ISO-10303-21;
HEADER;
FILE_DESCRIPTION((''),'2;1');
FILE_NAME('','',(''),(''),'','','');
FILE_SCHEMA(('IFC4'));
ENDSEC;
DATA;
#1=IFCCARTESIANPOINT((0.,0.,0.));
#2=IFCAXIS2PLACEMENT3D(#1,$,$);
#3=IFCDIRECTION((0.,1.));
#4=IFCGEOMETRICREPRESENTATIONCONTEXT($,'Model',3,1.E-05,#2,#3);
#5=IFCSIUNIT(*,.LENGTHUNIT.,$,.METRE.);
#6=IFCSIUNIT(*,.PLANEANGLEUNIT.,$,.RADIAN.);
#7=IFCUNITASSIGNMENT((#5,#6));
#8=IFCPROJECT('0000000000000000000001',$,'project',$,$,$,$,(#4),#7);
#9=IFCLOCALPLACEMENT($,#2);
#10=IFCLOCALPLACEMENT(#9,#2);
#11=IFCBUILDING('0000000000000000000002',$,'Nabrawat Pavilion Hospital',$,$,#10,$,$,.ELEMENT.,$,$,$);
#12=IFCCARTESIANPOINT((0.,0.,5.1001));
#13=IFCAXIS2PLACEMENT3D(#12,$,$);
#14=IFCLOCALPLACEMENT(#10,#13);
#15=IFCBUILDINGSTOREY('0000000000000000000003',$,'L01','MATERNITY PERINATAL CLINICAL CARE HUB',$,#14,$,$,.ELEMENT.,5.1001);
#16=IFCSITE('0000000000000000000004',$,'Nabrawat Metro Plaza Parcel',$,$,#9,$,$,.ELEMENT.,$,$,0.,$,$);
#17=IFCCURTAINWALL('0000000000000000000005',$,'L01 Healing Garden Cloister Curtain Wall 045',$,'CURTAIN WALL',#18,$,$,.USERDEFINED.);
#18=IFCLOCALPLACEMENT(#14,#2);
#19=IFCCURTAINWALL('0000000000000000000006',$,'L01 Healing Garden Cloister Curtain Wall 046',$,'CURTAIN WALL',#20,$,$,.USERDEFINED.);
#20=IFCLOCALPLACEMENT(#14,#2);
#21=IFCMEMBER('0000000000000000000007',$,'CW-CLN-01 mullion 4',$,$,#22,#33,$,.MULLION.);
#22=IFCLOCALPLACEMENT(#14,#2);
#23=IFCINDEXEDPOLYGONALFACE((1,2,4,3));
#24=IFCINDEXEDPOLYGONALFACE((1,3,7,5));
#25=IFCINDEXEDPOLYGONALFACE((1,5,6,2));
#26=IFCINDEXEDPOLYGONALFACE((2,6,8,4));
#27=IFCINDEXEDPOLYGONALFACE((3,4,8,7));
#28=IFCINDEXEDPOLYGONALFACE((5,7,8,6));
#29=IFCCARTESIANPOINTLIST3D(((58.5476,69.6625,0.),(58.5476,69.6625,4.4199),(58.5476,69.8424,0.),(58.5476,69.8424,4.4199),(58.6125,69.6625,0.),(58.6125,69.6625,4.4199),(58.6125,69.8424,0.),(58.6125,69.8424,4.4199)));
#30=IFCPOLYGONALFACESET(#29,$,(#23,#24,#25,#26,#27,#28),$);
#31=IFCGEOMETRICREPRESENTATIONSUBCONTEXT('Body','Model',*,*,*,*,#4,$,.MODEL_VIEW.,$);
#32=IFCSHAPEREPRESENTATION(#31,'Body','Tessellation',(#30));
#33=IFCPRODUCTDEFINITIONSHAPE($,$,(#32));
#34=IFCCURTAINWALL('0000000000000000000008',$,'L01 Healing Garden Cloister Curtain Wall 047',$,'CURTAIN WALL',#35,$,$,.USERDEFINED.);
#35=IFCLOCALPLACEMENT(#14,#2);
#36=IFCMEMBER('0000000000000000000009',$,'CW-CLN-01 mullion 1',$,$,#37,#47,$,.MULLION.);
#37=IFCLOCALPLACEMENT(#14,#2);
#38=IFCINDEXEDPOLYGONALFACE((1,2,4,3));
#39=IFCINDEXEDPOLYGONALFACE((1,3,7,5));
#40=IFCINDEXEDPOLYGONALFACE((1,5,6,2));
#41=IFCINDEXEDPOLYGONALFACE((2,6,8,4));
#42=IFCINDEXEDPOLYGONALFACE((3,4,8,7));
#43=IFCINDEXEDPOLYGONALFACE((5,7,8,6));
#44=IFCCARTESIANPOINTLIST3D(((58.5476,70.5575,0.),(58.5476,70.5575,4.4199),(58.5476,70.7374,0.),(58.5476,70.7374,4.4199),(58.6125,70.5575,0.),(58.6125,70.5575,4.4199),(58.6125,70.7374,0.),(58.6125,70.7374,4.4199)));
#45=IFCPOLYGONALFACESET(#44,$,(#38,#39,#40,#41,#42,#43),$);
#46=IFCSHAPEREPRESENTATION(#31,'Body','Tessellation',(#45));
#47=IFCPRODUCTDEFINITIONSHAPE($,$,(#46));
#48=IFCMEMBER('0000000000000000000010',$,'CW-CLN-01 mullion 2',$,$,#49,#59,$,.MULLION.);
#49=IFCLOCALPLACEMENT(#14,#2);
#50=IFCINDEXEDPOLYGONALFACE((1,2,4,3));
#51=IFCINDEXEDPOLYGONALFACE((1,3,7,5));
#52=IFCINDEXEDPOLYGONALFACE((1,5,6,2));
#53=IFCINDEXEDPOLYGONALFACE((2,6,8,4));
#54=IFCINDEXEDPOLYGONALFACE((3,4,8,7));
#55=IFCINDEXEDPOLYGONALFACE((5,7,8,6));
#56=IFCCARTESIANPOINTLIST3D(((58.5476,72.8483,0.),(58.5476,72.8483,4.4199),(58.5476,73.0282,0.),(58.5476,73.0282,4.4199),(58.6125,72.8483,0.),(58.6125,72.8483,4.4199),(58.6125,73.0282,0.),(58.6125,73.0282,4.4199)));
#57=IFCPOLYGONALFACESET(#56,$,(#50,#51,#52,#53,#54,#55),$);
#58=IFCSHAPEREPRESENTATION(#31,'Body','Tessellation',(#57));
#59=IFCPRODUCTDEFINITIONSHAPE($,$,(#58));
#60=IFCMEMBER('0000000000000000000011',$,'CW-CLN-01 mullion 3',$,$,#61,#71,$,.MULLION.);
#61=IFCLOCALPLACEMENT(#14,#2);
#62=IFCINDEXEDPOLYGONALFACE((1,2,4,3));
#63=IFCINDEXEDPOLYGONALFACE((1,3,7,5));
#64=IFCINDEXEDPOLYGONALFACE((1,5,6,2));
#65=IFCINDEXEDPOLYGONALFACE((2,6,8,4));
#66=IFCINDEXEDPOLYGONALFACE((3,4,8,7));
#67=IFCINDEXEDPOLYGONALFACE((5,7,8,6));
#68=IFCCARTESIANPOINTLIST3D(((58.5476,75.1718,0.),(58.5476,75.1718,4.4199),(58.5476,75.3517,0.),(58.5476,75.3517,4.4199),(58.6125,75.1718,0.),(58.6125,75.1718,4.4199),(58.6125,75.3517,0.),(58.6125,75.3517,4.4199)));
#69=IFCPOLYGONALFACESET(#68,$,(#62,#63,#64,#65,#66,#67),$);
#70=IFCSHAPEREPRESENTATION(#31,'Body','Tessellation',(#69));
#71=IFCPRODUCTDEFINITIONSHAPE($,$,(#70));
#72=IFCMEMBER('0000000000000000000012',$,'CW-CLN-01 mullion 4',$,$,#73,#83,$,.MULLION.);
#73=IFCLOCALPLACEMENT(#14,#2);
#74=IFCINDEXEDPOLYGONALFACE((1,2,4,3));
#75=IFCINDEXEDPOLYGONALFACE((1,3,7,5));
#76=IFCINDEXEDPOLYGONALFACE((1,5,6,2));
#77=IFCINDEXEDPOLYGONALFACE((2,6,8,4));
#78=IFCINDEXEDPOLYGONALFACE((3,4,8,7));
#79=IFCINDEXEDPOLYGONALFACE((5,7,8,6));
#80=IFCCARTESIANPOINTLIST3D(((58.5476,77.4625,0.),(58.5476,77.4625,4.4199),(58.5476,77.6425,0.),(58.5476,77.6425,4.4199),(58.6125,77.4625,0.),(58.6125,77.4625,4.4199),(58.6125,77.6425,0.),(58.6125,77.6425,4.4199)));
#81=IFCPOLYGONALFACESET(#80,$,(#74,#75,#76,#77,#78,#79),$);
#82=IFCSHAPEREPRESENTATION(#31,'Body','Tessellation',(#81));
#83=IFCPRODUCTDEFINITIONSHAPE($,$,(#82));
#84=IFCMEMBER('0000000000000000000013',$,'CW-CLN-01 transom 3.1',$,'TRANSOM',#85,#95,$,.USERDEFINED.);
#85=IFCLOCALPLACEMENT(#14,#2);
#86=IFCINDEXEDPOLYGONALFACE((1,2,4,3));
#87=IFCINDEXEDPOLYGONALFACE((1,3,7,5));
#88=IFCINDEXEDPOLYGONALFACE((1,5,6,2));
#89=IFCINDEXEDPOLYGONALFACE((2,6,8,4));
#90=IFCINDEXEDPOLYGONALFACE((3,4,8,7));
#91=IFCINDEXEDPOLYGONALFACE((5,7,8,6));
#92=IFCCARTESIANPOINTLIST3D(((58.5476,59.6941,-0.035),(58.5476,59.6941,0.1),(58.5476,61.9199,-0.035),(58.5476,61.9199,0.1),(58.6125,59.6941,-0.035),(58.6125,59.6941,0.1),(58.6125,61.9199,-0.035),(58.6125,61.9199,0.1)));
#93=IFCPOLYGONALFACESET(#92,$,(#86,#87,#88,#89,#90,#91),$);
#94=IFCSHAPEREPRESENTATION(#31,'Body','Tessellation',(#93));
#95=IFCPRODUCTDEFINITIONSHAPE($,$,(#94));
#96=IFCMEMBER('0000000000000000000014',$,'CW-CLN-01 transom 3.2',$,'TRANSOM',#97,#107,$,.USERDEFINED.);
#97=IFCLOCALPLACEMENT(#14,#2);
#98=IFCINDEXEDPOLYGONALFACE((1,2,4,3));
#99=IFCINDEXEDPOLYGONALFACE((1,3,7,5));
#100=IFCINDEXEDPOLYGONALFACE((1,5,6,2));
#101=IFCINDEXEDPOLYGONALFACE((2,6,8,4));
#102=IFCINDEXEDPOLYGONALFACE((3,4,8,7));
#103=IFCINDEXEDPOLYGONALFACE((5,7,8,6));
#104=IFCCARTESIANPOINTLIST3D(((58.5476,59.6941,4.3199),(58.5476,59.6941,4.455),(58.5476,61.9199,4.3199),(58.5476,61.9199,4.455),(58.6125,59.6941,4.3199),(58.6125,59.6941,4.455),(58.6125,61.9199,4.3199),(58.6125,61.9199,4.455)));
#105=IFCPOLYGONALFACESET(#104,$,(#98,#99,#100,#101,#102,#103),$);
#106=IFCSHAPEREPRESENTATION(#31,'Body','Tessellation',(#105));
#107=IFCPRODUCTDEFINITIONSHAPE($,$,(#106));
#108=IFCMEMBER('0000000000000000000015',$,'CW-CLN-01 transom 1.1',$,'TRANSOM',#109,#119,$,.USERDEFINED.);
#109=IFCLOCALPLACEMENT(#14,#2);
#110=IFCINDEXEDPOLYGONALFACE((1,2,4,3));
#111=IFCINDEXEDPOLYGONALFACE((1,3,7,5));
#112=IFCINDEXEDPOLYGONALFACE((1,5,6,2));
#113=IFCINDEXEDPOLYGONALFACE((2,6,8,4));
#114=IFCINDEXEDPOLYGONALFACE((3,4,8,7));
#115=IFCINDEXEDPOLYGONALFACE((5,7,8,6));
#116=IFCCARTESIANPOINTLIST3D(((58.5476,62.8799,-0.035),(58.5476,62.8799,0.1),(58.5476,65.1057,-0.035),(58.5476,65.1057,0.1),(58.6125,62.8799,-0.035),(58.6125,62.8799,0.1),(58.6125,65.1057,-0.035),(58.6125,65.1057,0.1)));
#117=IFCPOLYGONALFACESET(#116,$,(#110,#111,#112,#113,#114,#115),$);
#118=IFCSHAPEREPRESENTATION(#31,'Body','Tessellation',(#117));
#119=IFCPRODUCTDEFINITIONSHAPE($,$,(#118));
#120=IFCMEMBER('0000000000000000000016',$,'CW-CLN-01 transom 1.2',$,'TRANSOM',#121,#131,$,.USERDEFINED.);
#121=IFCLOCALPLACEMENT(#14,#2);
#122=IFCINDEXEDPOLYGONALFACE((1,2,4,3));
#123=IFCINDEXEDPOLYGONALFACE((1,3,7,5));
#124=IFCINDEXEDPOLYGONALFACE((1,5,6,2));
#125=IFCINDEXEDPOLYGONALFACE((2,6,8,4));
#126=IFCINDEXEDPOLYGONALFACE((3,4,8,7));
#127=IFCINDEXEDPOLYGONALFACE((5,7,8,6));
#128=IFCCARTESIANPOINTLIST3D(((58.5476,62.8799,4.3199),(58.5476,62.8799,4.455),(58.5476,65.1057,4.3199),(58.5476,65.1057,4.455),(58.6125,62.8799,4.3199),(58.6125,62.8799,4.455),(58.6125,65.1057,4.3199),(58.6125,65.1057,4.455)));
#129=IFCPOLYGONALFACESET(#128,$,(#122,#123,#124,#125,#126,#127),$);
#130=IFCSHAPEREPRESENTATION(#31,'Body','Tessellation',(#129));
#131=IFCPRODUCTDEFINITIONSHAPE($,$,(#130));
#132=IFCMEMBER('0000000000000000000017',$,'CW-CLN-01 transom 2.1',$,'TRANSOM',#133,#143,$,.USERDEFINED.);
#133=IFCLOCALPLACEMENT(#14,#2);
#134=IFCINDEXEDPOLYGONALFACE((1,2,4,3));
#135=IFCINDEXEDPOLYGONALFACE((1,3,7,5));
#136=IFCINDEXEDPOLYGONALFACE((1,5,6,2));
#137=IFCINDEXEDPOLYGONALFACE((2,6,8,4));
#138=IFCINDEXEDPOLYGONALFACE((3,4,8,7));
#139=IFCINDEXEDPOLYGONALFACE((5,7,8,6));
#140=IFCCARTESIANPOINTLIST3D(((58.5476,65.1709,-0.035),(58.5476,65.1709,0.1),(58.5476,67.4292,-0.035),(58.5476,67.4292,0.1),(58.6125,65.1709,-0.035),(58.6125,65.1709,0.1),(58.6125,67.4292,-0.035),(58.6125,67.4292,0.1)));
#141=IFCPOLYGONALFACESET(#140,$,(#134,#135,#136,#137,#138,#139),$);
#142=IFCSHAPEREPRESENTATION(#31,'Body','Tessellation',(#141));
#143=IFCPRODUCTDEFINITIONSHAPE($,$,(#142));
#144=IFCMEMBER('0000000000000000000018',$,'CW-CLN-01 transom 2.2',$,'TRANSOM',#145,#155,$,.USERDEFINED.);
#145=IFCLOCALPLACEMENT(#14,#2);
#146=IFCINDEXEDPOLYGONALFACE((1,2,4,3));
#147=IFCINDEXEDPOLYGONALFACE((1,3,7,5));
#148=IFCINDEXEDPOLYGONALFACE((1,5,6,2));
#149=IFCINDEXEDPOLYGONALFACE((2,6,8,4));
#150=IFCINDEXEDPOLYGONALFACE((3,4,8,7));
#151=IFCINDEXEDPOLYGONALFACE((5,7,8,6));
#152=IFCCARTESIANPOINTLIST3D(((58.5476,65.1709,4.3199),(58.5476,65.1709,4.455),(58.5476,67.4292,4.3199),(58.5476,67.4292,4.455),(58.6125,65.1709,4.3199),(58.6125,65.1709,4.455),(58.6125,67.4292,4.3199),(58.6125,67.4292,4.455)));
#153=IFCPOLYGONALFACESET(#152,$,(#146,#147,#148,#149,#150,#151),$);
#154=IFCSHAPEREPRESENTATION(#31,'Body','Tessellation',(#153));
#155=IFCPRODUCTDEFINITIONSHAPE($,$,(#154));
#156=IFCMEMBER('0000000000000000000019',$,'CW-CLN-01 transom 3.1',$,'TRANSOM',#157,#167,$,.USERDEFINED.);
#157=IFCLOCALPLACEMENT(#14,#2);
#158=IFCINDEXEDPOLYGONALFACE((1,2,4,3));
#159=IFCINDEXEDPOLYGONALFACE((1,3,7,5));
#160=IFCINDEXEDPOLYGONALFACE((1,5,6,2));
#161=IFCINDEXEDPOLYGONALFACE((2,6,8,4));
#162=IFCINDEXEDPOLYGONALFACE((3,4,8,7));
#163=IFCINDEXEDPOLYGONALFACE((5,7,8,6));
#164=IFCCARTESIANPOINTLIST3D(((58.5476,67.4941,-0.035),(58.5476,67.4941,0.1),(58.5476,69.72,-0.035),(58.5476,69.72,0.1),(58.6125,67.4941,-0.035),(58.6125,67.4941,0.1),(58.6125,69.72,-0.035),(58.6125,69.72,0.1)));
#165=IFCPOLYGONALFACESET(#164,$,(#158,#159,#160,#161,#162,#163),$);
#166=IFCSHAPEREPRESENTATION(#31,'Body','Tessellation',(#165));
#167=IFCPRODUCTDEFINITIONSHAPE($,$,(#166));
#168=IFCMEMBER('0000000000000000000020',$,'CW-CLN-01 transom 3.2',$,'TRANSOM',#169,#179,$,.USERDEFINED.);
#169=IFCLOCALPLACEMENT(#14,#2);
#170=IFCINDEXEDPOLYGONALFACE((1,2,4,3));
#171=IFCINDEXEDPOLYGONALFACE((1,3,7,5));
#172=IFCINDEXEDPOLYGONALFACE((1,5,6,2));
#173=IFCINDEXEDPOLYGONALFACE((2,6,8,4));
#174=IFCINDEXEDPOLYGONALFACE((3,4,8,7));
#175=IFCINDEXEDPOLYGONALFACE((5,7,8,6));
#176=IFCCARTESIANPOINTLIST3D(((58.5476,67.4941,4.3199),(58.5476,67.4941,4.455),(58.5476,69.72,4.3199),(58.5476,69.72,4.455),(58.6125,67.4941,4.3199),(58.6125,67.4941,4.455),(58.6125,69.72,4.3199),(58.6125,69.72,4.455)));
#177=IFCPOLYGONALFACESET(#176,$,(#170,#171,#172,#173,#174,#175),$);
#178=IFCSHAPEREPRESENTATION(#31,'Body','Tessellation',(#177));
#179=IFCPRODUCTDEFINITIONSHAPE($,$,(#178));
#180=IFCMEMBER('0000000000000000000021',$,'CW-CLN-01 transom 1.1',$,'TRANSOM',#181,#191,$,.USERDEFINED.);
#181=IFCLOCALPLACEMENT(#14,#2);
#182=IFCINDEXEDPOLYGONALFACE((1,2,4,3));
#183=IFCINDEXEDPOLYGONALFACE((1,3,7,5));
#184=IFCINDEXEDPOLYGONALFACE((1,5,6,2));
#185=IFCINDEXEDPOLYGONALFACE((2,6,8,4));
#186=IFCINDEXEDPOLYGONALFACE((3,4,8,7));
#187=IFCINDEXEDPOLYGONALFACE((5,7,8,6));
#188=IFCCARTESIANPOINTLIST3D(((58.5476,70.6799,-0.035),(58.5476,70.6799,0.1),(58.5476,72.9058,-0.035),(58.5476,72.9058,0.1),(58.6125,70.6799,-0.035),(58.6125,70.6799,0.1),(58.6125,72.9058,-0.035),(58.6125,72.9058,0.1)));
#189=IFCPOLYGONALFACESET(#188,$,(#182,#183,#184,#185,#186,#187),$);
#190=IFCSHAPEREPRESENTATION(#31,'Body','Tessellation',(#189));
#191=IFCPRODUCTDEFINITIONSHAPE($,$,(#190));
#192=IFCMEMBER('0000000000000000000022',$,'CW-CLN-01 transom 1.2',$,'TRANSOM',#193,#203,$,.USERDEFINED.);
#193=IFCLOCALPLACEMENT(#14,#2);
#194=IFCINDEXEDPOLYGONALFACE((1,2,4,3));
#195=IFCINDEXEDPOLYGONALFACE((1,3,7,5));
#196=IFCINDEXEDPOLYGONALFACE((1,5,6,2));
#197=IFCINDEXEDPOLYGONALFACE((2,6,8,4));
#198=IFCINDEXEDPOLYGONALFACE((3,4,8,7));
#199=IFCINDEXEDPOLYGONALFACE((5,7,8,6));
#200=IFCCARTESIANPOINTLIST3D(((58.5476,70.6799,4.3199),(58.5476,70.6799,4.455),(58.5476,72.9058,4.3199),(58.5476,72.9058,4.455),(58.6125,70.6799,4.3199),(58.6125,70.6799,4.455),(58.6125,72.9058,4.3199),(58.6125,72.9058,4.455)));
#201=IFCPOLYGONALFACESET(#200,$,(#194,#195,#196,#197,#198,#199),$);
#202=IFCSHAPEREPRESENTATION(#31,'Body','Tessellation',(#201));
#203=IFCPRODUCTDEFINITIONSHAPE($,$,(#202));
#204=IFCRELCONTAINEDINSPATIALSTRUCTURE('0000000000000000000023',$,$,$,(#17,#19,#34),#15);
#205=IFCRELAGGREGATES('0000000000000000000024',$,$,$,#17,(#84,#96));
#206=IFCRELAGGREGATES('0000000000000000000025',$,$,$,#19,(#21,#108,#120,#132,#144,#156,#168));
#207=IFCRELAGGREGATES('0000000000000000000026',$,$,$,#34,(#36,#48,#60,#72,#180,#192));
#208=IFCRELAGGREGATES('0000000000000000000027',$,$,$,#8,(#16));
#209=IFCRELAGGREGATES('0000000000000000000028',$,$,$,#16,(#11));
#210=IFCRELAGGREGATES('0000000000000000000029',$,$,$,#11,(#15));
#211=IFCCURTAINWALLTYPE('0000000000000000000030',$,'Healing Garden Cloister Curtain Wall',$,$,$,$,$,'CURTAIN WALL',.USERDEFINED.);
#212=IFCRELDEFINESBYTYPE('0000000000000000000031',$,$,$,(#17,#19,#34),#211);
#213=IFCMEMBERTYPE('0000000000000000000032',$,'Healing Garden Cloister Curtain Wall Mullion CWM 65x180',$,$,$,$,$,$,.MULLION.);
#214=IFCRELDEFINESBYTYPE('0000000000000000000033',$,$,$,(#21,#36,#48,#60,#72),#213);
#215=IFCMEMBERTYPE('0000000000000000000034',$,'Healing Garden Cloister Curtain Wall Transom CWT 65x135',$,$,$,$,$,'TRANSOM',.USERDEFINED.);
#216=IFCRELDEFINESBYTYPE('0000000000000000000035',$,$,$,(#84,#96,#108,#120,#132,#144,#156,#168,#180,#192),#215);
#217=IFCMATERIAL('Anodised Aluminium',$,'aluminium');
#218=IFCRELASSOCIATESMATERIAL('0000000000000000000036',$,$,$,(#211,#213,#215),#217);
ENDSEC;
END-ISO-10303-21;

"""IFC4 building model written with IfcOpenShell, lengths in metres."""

from ifc_helpers import new_model, si_unit, direction, frame, origin, origin_2d, place, context, subcontext, project, spatial, rectangle, extrude, material, material_profile, profile_set, type_object, element, aggregate, save


model = new_model("IFC4")

# Units and contexts
model_context = context("Model", 3, precision=1e-05, world=origin(), true_north=direction((0.0, 1.0)))
body_context = subcontext(model_context, "Body", "Model", "MODEL_VIEW")
ifc_project = project(units=[si_unit("LENGTHUNIT", "METRE"), si_unit("PLANEANGLEUNIT", "RADIAN")], contexts=[model_context])

# Site, building, storey
site_placement = place(None, origin())
site = spatial("IfcSite", under=ifc_project, at=site_placement, Name="Nabrawat Metro Plaza Parcel", CompositionType="ELEMENT", RefElevation=0.0)
building_placement = place(site_placement, origin())
building = spatial("IfcBuilding", under=site, at=building_placement, Name="Nabrawat Pavilion Hospital", CompositionType="ELEMENT")
storey_placement = place(building_placement, frame((0.0, 0.0, 5.1001)))
storey = spatial("IfcBuildingStorey", under=building, at=storey_placement, Name="L01", Description="MATERNITY PERINATAL CLINICAL CARE HUB", CompositionType="ELEMENT", Elevation=5.1001)

# Curtain wall
ifc_material_1 = material(Name="Anodised Aluminium", Category="aluminium")
curtain_wall_type = type_object("IfcCurtainWallType", Name="Healing Garden Cloister Curtain Wall", ElementType="CURTAIN WALL", PredefinedType="USERDEFINED", material=ifc_material_1)
curtain_wall_1_placement = place(storey_placement, origin())
curtain_wall_1 = element("IfcCurtainWall", 1, at=curtain_wall_1_placement, inside=storey, type_object=curtain_wall_type, Name="L01 Healing Garden Cloister Curtain Wall 045", ObjectType="CURTAIN WALL", PredefinedType="USERDEFINED")
ifc_material_profile_1 = material_profile(ifc_material_1, rectangle(XDim=0.0649, YDim=0.1799, at=origin_2d()), Name="CWM 65x180")
ifc_profile_set_1 = profile_set([ifc_material_profile_1], Name="Anodised Aluminium")
member_type_1 = type_object("IfcMemberType", Name="Healing Garden Cloister Curtain Wall Mullion CWM 65x180", PredefinedType="MULLION", material=ifc_profile_set_1)

# Curtain walls, members
curtain_wall_2_placement = place(storey_placement, origin())
curtain_wall_2 = element("IfcCurtainWall", 2, at=curtain_wall_2_placement, inside=storey, type_object=curtain_wall_type, Name="L01 Healing Garden Cloister Curtain Wall 046", ObjectType="CURTAIN WALL", PredefinedType="USERDEFINED")
member_1_placement = place(storey_placement, frame((58.5801, 69.7524, 0.0), z_axis=(0.0, 0.0, 1.0), x_axis=(-1.0, 0.0, 0.0)))
member_1 = element("IfcMember", 3, at=member_1_placement, type_object=member_type_1, Name="CW-CLN-01 mullion 4", PredefinedType="MULLION", context=body_context, shape_type="SweptSolid", body=[
    extrude(rectangle(XDim=0.0649, YDim=0.1799, at=origin_2d()), origin(), (0.0, 0.0, 1.0), 4.4199),
])
curtain_wall_3_placement = place(storey_placement, origin())
curtain_wall_3 = element("IfcCurtainWall", 4, at=curtain_wall_3_placement, inside=storey, type_object=curtain_wall_type, Name="L01 Healing Garden Cloister Curtain Wall 047", ObjectType="CURTAIN WALL", PredefinedType="USERDEFINED")
member_2_placement = place(storey_placement, frame((58.5801, 70.6475, 0.0), z_axis=(0.0, 0.0, 1.0), x_axis=(-1.0, 0.0, 0.0)))
member_2 = element("IfcMember", 5, at=member_2_placement, type_object=member_type_1, Name="CW-CLN-01 mullion 1", PredefinedType="MULLION", context=body_context, shape_type="SweptSolid", body=[
    extrude(rectangle(XDim=0.0649, YDim=0.1799, at=origin_2d()), origin(), (0.0, 0.0, 1.0), 4.4199),
])
member_3_placement = place(storey_placement, frame((58.5801, 72.9382, 0.0), z_axis=(0.0, 0.0, 1.0), x_axis=(-1.0, 0.0, 0.0)))
member_3 = element("IfcMember", 6, at=member_3_placement, type_object=member_type_1, Name="CW-CLN-01 mullion 2", PredefinedType="MULLION", context=body_context, shape_type="SweptSolid", body=[
    extrude(rectangle(XDim=0.0649, YDim=0.1799, at=origin_2d()), origin(), (0.0, 0.0, 1.0), 4.4199),
])
member_4_placement = place(storey_placement, frame((58.5801, 75.2617, 0.0), z_axis=(0.0, 0.0, 1.0), x_axis=(-1.0, 0.0, 0.0)))
member_4 = element("IfcMember", 7, at=member_4_placement, type_object=member_type_1, Name="CW-CLN-01 mullion 3", PredefinedType="MULLION", context=body_context, shape_type="SweptSolid", body=[
    extrude(rectangle(XDim=0.0649, YDim=0.1799, at=origin_2d()), origin(), (0.0, 0.0, 1.0), 4.4199),
])
member_5_placement = place(storey_placement, frame((58.5801, 77.5525, 0.0), z_axis=(0.0, 0.0, 1.0), x_axis=(-1.0, 0.0, 0.0)))
member_5 = element("IfcMember", 8, at=member_5_placement, type_object=member_type_1, Name="CW-CLN-01 mullion 4", PredefinedType="MULLION", context=body_context, shape_type="SweptSolid", body=[
    extrude(rectangle(XDim=0.0649, YDim=0.1799, at=origin_2d()), origin(), (0.0, 0.0, 1.0), 4.4199),
])

# Members
ifc_material_profile_2 = material_profile(ifc_material_1, rectangle(XDim=0.0649, YDim=0.135, at=origin_2d()), Name="CWT 65x135")
ifc_profile_set_2 = profile_set([ifc_material_profile_2], Name="Anodised Aluminium")
member_type_2 = type_object("IfcMemberType", Name="Healing Garden Cloister Curtain Wall Transom CWT 65x135", ElementType="TRANSOM", PredefinedType="USERDEFINED", material=ifc_profile_set_2)
member_6_placement = place(storey_placement, frame((58.5801, 59.6941, 0.0325), z_axis=(0.0, 1.0, 0.0), x_axis=(-1.0, 0.0, 0.0)))
member_6 = element("IfcMember", 9, at=member_6_placement, type_object=member_type_2, Name="CW-CLN-01 transom 3.1", ObjectType="TRANSOM", PredefinedType="USERDEFINED", context=body_context, shape_type="SweptSolid", body=[
    extrude(rectangle(XDim=0.0649, YDim=0.135, at=origin_2d()), origin(), (0.0, 0.0, 1.0), 2.2258),
])
member_7_placement = place(storey_placement, frame((58.5801, 59.6941, 4.3875), z_axis=(0.0, 1.0, 0.0), x_axis=(-1.0, 0.0, 0.0)))
member_7 = element("IfcMember", 10, at=member_7_placement, type_object=member_type_2, Name="CW-CLN-01 transom 3.2", ObjectType="TRANSOM", PredefinedType="USERDEFINED", context=body_context, shape_type="SweptSolid", body=[
    extrude(rectangle(XDim=0.0649, YDim=0.135, at=origin_2d()), origin(), (0.0, 0.0, 1.0), 2.2258),
])
member_8_placement = place(storey_placement, frame((58.5801, 62.8799, 0.0325), z_axis=(0.0, 1.0, 0.0), x_axis=(-1.0, 0.0, 0.0)))
member_8 = element("IfcMember", 11, at=member_8_placement, type_object=member_type_2, Name="CW-CLN-01 transom 1.1", ObjectType="TRANSOM", PredefinedType="USERDEFINED", context=body_context, shape_type="SweptSolid", body=[
    extrude(rectangle(XDim=0.0649, YDim=0.135, at=origin_2d()), origin(), (0.0, 0.0, 1.0), 2.2258),
])
member_9_placement = place(storey_placement, frame((58.5801, 62.8799, 4.3875), z_axis=(0.0, 1.0, 0.0), x_axis=(-1.0, 0.0, 0.0)))
member_9 = element("IfcMember", 12, at=member_9_placement, type_object=member_type_2, Name="CW-CLN-01 transom 1.2", ObjectType="TRANSOM", PredefinedType="USERDEFINED", context=body_context, shape_type="SweptSolid", body=[
    extrude(rectangle(XDim=0.0649, YDim=0.135, at=origin_2d()), origin(), (0.0, 0.0, 1.0), 2.2258),
])
member_10_placement = place(storey_placement, frame((58.5801, 65.1709, 0.0325), z_axis=(0.0, 1.0, 0.0), x_axis=(-1.0, 0.0, 0.0)))
member_10 = element("IfcMember", 13, at=member_10_placement, type_object=member_type_2, Name="CW-CLN-01 transom 2.1", ObjectType="TRANSOM", PredefinedType="USERDEFINED", context=body_context, shape_type="SweptSolid", body=[
    extrude(rectangle(XDim=0.0649, YDim=0.135, at=origin_2d()), origin(), (0.0, 0.0, 1.0), 2.2583),
])
member_11_placement = place(storey_placement, frame((58.5801, 65.1709, 4.3875), z_axis=(0.0, 1.0, 0.0), x_axis=(-1.0, 0.0, 0.0)))
member_11 = element("IfcMember", 14, at=member_11_placement, type_object=member_type_2, Name="CW-CLN-01 transom 2.2", ObjectType="TRANSOM", PredefinedType="USERDEFINED", context=body_context, shape_type="SweptSolid", body=[
    extrude(rectangle(XDim=0.0649, YDim=0.135, at=origin_2d()), origin(), (0.0, 0.0, 1.0), 2.2583),
])
member_12_placement = place(storey_placement, frame((58.5801, 67.4941, 0.0325), z_axis=(0.0, 1.0, 0.0), x_axis=(-1.0, 0.0, 0.0)))
member_12 = element("IfcMember", 15, at=member_12_placement, type_object=member_type_2, Name="CW-CLN-01 transom 3.1", ObjectType="TRANSOM", PredefinedType="USERDEFINED", context=body_context, shape_type="SweptSolid", body=[
    extrude(rectangle(XDim=0.0649, YDim=0.135, at=origin_2d()), origin(), (0.0, 0.0, 1.0), 2.2258),
])
member_13_placement = place(storey_placement, frame((58.5801, 67.4941, 4.3875), z_axis=(0.0, 1.0, 0.0), x_axis=(-1.0, 0.0, 0.0)))
member_13 = element("IfcMember", 16, at=member_13_placement, type_object=member_type_2, Name="CW-CLN-01 transom 3.2", ObjectType="TRANSOM", PredefinedType="USERDEFINED", context=body_context, shape_type="SweptSolid", body=[
    extrude(rectangle(XDim=0.0649, YDim=0.135, at=origin_2d()), origin(), (0.0, 0.0, 1.0), 2.2258),
])
member_14_placement = place(storey_placement, frame((58.5801, 70.6799, 0.0325), z_axis=(0.0, 1.0, 0.0), x_axis=(-1.0, 0.0, 0.0)))
member_14 = element("IfcMember", 17, at=member_14_placement, type_object=member_type_2, Name="CW-CLN-01 transom 1.1", ObjectType="TRANSOM", PredefinedType="USERDEFINED", context=body_context, shape_type="SweptSolid", body=[
    extrude(rectangle(XDim=0.0649, YDim=0.135, at=origin_2d()), origin(), (0.0, 0.0, 1.0), 2.2258),
])
member_15_placement = place(storey_placement, frame((58.5801, 70.6799, 4.3875), z_axis=(0.0, 1.0, 0.0), x_axis=(-1.0, 0.0, 0.0)))
member_15 = element("IfcMember", 18, at=member_15_placement, type_object=member_type_2, Name="CW-CLN-01 transom 1.2", ObjectType="TRANSOM", PredefinedType="USERDEFINED", context=body_context, shape_type="SweptSolid", body=[
    extrude(rectangle(XDim=0.0649, YDim=0.135, at=origin_2d()), origin(), (0.0, 0.0, 1.0), 2.2258),
])

aggregate(curtain_wall_1, [member_6, member_7])
aggregate(curtain_wall_2, [member_1, member_8, member_9, member_10, member_11, member_12, member_13])
aggregate(curtain_wall_3, [member_2, member_3, member_4, member_5, member_14, member_15])

save(model, "model.ifc")
